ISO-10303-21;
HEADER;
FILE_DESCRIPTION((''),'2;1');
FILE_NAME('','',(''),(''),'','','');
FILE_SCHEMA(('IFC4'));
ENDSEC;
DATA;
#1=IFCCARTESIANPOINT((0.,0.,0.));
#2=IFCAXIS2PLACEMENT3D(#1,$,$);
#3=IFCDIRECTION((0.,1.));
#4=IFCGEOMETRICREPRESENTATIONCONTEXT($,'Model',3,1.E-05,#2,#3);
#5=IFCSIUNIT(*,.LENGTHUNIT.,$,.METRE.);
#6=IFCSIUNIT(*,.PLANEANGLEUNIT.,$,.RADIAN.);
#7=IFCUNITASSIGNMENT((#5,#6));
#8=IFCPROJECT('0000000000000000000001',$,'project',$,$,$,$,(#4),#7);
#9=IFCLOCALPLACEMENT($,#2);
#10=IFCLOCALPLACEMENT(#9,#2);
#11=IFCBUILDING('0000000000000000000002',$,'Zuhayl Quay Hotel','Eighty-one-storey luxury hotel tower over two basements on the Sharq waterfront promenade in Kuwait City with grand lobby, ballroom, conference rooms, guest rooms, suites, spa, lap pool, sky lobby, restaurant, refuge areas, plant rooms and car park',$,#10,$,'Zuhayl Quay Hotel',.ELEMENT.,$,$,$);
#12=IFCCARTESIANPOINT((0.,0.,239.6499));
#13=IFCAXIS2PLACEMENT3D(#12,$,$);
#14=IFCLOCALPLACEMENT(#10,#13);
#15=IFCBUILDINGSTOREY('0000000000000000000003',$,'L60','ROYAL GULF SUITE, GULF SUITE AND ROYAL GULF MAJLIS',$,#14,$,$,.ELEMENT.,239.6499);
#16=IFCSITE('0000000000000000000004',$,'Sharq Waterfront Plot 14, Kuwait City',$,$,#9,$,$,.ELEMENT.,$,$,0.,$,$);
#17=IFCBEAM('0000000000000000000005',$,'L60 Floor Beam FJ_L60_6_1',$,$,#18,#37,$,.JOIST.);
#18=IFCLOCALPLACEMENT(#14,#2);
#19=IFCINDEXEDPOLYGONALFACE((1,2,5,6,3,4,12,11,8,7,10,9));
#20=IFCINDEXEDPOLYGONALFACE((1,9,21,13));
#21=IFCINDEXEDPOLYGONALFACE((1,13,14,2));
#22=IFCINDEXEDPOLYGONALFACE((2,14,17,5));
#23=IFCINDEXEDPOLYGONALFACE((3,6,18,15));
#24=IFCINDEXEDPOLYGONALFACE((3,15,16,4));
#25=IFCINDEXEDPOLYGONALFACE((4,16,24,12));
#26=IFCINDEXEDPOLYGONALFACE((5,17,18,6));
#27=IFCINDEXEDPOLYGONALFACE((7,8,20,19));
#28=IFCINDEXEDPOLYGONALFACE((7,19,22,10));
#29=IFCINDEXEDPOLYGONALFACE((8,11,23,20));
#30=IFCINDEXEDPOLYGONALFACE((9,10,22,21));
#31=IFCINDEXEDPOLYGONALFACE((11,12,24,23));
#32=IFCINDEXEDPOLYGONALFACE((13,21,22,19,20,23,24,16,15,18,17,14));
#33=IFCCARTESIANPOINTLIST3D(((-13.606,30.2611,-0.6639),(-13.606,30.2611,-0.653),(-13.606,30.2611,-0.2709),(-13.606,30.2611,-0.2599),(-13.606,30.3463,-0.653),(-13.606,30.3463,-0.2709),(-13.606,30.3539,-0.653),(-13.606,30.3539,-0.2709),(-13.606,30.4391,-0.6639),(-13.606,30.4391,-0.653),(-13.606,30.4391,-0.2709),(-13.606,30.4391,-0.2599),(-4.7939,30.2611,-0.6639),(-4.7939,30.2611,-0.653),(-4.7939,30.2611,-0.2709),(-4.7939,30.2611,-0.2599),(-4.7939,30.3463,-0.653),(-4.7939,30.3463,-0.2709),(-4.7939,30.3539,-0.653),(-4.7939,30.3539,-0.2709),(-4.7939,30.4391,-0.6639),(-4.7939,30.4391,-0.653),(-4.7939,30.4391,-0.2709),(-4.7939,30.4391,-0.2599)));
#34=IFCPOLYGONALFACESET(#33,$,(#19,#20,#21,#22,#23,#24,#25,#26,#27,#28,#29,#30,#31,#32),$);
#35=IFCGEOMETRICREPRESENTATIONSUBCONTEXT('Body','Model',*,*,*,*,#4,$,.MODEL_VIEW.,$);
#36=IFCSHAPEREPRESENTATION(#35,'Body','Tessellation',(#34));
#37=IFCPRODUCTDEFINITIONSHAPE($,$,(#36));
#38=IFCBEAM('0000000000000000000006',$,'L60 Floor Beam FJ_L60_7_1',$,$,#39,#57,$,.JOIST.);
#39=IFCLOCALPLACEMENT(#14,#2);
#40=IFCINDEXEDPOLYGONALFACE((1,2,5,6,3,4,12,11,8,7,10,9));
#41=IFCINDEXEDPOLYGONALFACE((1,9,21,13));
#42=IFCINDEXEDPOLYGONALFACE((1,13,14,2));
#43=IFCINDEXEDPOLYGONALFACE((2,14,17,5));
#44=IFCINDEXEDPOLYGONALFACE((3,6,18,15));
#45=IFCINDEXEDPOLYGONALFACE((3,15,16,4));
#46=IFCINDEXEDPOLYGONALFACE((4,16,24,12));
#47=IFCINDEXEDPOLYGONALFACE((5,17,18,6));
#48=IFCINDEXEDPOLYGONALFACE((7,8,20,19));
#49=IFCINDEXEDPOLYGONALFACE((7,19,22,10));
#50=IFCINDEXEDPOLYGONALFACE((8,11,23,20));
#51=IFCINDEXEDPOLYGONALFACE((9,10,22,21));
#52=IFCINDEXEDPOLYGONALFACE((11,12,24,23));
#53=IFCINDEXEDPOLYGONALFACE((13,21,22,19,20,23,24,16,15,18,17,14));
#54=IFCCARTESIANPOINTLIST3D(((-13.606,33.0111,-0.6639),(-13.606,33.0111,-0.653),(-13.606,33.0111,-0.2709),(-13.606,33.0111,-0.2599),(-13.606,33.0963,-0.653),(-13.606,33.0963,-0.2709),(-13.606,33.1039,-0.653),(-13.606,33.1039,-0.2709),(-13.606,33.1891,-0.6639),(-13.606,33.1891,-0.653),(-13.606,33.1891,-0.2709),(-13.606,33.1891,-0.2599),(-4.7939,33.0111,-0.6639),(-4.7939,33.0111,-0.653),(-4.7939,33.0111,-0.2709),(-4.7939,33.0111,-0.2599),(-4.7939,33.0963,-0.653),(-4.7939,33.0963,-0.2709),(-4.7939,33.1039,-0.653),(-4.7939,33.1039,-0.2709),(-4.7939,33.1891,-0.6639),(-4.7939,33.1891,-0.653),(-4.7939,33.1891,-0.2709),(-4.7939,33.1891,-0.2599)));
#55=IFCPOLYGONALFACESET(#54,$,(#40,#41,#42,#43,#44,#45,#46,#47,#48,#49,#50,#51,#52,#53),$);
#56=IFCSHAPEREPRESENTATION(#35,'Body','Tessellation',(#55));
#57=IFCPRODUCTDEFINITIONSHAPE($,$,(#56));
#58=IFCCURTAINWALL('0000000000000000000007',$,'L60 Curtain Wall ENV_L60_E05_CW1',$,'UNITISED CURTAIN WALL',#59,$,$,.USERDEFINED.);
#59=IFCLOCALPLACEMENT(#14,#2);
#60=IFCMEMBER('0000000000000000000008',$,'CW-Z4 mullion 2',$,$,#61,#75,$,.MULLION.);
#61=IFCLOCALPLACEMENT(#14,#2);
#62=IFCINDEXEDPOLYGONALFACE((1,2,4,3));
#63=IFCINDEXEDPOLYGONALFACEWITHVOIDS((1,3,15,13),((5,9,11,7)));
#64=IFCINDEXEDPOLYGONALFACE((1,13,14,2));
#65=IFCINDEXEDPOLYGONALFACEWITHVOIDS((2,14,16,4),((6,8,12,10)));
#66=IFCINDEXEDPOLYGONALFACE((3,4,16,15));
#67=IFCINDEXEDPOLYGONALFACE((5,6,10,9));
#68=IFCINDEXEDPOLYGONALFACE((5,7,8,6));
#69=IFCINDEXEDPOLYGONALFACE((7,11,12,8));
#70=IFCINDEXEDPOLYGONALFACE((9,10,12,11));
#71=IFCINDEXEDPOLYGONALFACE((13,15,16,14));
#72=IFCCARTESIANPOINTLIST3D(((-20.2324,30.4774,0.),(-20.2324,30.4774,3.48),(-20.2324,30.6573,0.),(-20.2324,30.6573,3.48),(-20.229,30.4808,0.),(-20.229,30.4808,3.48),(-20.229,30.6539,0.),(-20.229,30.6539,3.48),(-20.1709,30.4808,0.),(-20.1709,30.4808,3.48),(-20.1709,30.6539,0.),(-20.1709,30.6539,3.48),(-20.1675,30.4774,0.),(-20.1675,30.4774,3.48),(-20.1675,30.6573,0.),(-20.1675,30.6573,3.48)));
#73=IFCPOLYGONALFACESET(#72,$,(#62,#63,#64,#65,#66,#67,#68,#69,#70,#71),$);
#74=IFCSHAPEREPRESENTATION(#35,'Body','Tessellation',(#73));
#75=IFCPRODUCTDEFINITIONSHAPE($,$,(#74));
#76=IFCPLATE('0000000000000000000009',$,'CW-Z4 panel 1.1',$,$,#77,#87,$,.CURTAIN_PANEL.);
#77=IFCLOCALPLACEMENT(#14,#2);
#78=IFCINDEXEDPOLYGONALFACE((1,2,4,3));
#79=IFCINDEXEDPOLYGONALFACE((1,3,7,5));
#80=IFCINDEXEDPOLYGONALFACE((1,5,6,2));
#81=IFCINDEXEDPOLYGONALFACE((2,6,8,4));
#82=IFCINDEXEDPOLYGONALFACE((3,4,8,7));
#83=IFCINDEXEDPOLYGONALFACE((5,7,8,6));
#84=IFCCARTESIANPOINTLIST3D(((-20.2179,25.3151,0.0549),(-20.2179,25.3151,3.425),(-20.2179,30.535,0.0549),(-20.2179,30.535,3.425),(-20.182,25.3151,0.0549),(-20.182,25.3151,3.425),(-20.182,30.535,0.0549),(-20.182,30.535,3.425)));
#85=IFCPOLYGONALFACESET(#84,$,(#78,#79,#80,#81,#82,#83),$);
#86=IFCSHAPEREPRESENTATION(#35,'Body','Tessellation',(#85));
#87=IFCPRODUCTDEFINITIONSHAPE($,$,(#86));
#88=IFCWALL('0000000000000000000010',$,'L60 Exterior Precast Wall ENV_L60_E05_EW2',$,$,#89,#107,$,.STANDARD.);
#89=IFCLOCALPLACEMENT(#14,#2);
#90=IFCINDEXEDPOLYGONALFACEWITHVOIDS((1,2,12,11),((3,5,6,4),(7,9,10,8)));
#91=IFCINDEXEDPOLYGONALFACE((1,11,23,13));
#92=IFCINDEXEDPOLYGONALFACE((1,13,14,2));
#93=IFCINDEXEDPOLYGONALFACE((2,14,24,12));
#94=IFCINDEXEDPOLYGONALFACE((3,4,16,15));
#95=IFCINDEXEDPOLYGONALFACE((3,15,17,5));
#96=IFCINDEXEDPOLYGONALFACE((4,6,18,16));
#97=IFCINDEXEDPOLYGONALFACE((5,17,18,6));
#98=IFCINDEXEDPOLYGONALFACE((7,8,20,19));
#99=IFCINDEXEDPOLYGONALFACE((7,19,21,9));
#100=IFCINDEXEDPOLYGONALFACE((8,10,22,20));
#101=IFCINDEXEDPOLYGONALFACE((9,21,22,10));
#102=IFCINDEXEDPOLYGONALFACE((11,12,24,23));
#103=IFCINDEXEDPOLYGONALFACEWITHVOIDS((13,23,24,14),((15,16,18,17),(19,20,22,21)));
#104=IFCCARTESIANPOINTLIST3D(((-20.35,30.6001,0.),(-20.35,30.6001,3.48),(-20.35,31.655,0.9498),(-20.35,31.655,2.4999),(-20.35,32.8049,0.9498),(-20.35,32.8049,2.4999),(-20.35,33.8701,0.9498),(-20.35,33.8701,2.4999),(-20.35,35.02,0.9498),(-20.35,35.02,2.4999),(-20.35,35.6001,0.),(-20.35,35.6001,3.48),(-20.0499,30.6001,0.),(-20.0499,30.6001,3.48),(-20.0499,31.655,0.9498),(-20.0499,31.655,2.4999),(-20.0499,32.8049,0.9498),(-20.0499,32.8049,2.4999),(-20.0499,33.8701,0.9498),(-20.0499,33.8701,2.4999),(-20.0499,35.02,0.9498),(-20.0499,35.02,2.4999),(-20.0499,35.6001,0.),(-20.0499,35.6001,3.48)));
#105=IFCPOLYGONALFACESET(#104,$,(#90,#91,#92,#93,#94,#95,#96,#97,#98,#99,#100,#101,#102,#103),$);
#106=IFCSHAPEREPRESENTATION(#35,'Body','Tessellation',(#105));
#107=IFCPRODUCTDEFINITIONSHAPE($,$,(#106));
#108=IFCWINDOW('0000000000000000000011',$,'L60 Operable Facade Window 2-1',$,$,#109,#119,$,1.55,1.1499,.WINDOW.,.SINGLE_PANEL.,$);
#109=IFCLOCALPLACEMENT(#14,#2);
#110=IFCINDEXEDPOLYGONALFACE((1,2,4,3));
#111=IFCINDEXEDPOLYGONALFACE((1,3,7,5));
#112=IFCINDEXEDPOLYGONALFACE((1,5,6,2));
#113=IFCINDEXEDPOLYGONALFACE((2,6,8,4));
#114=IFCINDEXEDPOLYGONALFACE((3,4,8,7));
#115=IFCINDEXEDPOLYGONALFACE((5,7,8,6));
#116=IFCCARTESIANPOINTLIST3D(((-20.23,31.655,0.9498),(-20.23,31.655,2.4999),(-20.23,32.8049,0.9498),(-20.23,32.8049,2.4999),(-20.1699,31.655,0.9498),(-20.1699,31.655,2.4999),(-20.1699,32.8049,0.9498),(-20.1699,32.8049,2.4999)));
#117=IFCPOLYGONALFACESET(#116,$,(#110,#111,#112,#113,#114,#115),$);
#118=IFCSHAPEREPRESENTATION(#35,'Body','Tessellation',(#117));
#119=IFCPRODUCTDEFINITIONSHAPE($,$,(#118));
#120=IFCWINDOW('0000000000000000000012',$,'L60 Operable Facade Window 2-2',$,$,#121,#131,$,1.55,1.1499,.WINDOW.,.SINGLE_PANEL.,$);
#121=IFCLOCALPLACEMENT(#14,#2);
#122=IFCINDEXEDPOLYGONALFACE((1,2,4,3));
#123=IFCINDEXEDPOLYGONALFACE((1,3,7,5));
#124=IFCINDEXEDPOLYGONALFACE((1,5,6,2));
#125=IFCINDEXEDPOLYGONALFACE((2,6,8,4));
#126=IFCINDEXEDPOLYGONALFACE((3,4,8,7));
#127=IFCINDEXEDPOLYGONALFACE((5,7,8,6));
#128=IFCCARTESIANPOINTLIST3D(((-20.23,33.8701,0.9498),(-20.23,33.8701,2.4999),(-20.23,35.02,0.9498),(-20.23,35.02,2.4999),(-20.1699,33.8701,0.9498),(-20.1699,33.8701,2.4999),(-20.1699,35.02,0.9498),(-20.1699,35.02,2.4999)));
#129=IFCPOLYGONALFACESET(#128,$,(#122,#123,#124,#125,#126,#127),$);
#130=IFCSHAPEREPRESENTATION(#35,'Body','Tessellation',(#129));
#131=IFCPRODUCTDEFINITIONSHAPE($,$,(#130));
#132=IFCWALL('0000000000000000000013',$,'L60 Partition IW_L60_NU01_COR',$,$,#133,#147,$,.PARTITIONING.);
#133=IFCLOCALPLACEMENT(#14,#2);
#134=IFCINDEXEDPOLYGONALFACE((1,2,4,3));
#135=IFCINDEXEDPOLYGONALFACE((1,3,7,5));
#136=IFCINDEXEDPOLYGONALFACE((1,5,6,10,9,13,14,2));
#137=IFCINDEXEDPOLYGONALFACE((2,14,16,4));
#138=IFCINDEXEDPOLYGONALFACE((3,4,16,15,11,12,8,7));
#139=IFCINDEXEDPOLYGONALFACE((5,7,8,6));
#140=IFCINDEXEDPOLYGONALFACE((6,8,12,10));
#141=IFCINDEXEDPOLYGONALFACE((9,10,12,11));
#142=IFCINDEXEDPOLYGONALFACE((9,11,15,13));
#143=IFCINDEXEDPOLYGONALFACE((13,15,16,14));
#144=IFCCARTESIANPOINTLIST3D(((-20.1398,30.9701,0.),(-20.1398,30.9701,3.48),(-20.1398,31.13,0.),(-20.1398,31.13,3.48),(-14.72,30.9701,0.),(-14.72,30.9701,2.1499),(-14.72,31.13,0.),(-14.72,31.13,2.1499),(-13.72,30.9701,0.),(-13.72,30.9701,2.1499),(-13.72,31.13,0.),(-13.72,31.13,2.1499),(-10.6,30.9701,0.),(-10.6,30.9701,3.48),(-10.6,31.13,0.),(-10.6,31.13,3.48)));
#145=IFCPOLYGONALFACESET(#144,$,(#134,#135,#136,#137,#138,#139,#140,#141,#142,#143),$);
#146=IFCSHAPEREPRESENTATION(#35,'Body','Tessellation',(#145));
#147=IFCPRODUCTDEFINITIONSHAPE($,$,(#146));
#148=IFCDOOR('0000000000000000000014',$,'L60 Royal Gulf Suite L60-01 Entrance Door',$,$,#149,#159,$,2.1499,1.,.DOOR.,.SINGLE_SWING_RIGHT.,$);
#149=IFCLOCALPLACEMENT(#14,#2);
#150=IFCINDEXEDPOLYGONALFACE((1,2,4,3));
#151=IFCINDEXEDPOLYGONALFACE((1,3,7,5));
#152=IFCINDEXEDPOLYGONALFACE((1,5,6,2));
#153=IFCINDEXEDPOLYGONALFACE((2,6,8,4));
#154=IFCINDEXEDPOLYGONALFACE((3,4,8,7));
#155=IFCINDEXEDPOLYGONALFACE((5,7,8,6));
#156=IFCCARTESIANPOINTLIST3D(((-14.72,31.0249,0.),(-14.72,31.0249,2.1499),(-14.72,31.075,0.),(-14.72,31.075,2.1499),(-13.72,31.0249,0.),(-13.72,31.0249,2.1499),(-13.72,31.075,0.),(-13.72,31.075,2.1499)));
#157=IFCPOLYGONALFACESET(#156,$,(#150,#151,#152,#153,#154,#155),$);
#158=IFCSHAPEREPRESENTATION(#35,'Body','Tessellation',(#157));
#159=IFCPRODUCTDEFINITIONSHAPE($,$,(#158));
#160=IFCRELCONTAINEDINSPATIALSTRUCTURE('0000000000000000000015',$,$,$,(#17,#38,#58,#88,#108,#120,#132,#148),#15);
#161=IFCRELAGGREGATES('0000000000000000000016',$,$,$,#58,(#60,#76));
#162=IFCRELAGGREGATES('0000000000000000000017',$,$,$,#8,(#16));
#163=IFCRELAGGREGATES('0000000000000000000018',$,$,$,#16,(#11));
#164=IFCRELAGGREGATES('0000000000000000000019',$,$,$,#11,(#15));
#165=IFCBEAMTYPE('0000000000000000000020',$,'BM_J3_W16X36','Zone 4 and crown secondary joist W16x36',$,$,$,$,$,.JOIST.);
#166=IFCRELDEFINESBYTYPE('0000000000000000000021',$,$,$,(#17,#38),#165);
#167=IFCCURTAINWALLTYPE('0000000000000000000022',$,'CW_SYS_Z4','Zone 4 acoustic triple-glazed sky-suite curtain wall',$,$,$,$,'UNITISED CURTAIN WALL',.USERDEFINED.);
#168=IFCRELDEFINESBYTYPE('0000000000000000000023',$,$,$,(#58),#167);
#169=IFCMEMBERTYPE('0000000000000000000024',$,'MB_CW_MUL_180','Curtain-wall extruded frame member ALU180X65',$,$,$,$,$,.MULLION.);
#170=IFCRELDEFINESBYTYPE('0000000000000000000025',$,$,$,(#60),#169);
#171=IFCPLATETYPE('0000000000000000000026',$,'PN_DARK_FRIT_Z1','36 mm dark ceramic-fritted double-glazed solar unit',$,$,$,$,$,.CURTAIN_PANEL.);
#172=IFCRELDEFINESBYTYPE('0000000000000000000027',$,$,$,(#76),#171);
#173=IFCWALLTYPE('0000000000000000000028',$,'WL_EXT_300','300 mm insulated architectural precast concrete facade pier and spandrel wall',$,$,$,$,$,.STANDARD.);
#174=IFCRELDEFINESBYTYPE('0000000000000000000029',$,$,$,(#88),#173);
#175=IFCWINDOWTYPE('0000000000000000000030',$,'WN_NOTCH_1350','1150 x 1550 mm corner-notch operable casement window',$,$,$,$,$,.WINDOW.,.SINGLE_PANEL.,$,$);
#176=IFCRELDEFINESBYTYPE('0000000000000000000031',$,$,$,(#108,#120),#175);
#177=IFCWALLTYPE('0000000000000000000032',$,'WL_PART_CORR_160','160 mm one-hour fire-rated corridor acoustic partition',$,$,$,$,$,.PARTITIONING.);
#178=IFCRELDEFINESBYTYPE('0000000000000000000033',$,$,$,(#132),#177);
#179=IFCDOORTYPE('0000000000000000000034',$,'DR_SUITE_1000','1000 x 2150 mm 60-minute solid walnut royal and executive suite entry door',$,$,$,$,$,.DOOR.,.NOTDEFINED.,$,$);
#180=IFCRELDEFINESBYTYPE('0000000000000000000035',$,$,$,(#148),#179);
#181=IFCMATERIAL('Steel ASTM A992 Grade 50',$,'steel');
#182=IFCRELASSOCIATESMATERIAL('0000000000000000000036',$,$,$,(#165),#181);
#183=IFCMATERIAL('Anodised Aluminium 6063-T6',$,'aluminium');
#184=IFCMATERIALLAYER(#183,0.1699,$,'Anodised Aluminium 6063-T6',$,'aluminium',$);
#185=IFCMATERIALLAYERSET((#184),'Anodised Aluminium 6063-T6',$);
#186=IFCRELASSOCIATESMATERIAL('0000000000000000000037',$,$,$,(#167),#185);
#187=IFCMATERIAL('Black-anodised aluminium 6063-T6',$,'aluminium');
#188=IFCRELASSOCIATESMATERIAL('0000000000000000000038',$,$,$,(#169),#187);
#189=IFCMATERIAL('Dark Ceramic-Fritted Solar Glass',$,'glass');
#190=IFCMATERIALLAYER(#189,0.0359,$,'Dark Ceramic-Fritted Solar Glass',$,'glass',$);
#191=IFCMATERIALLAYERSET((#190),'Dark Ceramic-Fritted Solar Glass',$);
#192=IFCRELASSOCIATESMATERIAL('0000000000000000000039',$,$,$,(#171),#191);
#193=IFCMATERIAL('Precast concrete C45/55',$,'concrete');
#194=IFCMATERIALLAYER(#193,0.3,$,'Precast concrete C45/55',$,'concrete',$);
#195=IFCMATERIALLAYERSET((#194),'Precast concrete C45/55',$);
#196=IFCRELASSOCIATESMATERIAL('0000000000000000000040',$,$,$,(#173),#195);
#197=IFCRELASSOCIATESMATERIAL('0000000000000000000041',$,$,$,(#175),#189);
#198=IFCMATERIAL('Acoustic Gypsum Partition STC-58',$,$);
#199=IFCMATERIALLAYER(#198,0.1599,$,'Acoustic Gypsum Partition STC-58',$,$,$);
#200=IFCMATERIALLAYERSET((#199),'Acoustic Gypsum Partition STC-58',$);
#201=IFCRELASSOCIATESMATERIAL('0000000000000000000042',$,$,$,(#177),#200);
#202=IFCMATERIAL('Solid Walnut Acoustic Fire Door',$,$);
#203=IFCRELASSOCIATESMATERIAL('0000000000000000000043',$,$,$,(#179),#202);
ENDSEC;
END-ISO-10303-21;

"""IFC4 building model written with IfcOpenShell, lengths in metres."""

from ifc_helpers import new_model, si_unit, direction, frame, frame_2d, origin, origin_2d, place, context, subcontext, project, spatial, rectangle, hollow_rectangle, i_section, extrude, material, layer, layer_set, material_profile, profile_set, type_object, element, fill, aggregate, save


model = new_model("IFC4")

# Units and contexts
model_context = context("Model", 3, precision=1e-05, world=origin(), true_north=direction((0.0, 1.0)))
body_context = subcontext(model_context, "Body", "Model", "MODEL_VIEW")
ifc_project = project(units=[si_unit("LENGTHUNIT", "METRE"), si_unit("PLANEANGLEUNIT", "RADIAN")], contexts=[model_context])

# Site, building, storey
site_placement = place(None, origin())
site = spatial("IfcSite", under=ifc_project, at=site_placement, Name="Sharq Waterfront Plot 14, Kuwait City", CompositionType="ELEMENT", RefElevation=0.0)
building_placement = place(site_placement, origin())
building = spatial("IfcBuilding", under=site, at=building_placement, Name="Zuhayl Quay Hotel", Description="Eighty-one-storey luxury hotel tower over two basements on the Sharq waterfront promenade in Kuwait City with grand lobby, ballroom, conference rooms, guest rooms, suites, spa, lap pool, sky lobby, restaurant, refuge areas, plant rooms and car park", LongName="Zuhayl Quay Hotel", CompositionType="ELEMENT")
storey_placement = place(building_placement, frame((0.0, 0.0, 239.6499)))
storey = spatial("IfcBuildingStorey", under=building, at=storey_placement, Name="L60", Description="ROYAL GULF SUITE, GULF SUITE AND ROYAL GULF MAJLIS", CompositionType="ELEMENT", Elevation=239.6499)

# Beams
ifc_material_1 = material(Name="Steel ASTM A992 Grade 50", Category="steel")
ifc_material_profile_1 = material_profile(ifc_material_1, i_section(OverallWidth=0.178, OverallDepth=0.4041, WebThickness=0.0076, FlangeThickness=0.011, at=origin_2d()), Name="W16X36")
ifc_profile_set_1 = profile_set([ifc_material_profile_1], Name="Steel ASTM A992 Grade 50")
beam_type = type_object("IfcBeamType", Name="BM_J3_W16X36", Description="Zone 4 and crown secondary joist W16x36", PredefinedType="JOIST", material=ifc_profile_set_1)
for number, where, z_axis, x_axis, name in (
    (1, (-13.606, 30.3501, -0.4619), (1.0, 0.0, 0.0), (0.0, 1.0, 0.0), "L60 Floor Beam FJ_L60_6_1"),
    (2, (-13.606, 33.1001, -0.4619), (1.0, 0.0, 0.0), (0.0, 1.0, 0.0), "L60 Floor Beam FJ_L60_7_1"),
):
    element("IfcBeam", number, at=place(storey_placement, frame(where, z_axis=z_axis, x_axis=x_axis)), inside=storey, type_object=beam_type, Name=name, PredefinedType="JOIST", context=body_context, shape_type="SweptSolid", body=[
        extrude(i_section(OverallWidth=0.178, OverallDepth=0.4041, WebThickness=0.0076, FlangeThickness=0.011, at=origin_2d()), origin(), (0.0, 0.0, 1.0), 8.812),
    ])

# Curtain wall, member, plate
ifc_material_2 = material(Name="Anodised Aluminium 6063-T6", Category="aluminium")
ifc_layer_1 = layer(ifc_material_2, 0.1699, Name="Anodised Aluminium 6063-T6", Category="aluminium")
ifc_layer_set_1 = layer_set([ifc_layer_1], Name="Anodised Aluminium 6063-T6")
curtain_wall_type = type_object("IfcCurtainWallType", Name="CW_SYS_Z4", Description="Zone 4 acoustic triple-glazed sky-suite curtain wall", ElementType="UNITISED CURTAIN WALL", PredefinedType="USERDEFINED", material=ifc_layer_set_1)
curtain_wall_placement = place(storey_placement, origin())
curtain_wall = element("IfcCurtainWall", 3, at=curtain_wall_placement, inside=storey, type_object=curtain_wall_type, Name="L60 Curtain Wall ENV_L60_E05_CW1", ObjectType="UNITISED CURTAIN WALL", PredefinedType="USERDEFINED")
ifc_material_3 = material(Name="Black-anodised aluminium 6063-T6", Category="aluminium")
ifc_material_profile_2 = material_profile(ifc_material_3, hollow_rectangle(XDim=0.0649, YDim=0.1799, WallThickness=0.0034, at=origin_2d()), Name="ALU180X65")
ifc_profile_set_2 = profile_set([ifc_material_profile_2], Name="Black-anodised aluminium 6063-T6")
member_type = type_object("IfcMemberType", Name="MB_CW_MUL_180", Description="Curtain-wall extruded frame member ALU180X65", PredefinedType="MULLION", material=ifc_profile_set_2)
member_placement = place(storey_placement, frame((-20.2, 30.5674, 0.0), z_axis=(0.0, 0.0, 1.0), x_axis=(-1.0, 0.0, 0.0)))
member = element("IfcMember", 4, at=member_placement, type_object=member_type, Name="CW-Z4 mullion 2", PredefinedType="MULLION", context=body_context, shape_type="SweptSolid", body=[
    extrude(hollow_rectangle(XDim=0.0649, YDim=0.1799, WallThickness=0.0034, at=origin_2d()), origin(), (0.0, 0.0, 1.0), 3.48),
])
ifc_material_4 = material(Name="Dark Ceramic-Fritted Solar Glass", Category="glass")
ifc_layer_2 = layer(ifc_material_4, 0.0359, Name="Dark Ceramic-Fritted Solar Glass", Category="glass")
ifc_layer_set_2 = layer_set([ifc_layer_2], Name="Dark Ceramic-Fritted Solar Glass")
plate_type = type_object("IfcPlateType", Name="PN_DARK_FRIT_Z1", Description="36 mm dark ceramic-fritted double-glazed solar unit", PredefinedType="CURTAIN_PANEL", material=ifc_layer_set_2)
plate_placement = place(storey_placement, frame((-20.2, 27.925, 0.0549), z_axis=(0.0, 0.0, 1.0), x_axis=(0.0, 1.0, 0.0)))
plate = element("IfcPlate", 5, at=plate_placement, type_object=plate_type, Name="CW-Z4 panel 1.1", PredefinedType="CURTAIN_PANEL", context=body_context, shape_type="SweptSolid", body=[
    extrude(rectangle(XDim=5.22, YDim=0.0359, at=origin_2d()), origin(), (0.0, 0.0, 1.0), 3.3701),
])
aggregate(curtain_wall, [member, plate])

# Wall, openings, windows
ifc_material_5 = material(Name="Precast concrete C45/55", Category="concrete")
ifc_layer_3 = layer(ifc_material_5, 0.3, Name="Precast concrete C45/55", Category="concrete")
ifc_layer_set_3 = layer_set([ifc_layer_3], Name="Precast concrete C45/55")
wall_type_1 = type_object("IfcWallType", Name="WL_EXT_300", Description="300 mm insulated architectural precast concrete facade pier and spandrel wall", PredefinedType="STANDARD", material=ifc_layer_set_3)
wall_1_placement = place(storey_placement, frame((-20.2, 30.6001, 0.0), z_axis=(0.0, 0.0, 1.0), x_axis=(0.0, 1.0, 0.0)))
wall_1 = element("IfcWall", 6, at=wall_1_placement, inside=storey, type_object=wall_type_1, Name="L60 Exterior Precast Wall ENV_L60_E05_EW2", PredefinedType="STANDARD", context=body_context, shape_type="SweptSolid", body=[
    extrude(rectangle(XDim=5.0, YDim=0.3, at=frame_2d((2.5, 0.0))), origin(), (0.0, 0.0, 1.0), 3.48),
])
opening_1_placement = place(wall_1_placement, frame((1.0549, 0.0, 0.95)))
opening_1 = element("IfcOpeningElement", 7, at=opening_1_placement, cuts=wall_1, PredefinedType="OPENING", context=body_context, shape_type="SweptSolid", body=[
    extrude(rectangle(XDim=1.1499, YDim=1.55, at=frame_2d((0.575, 0.7749))), frame((0.0, 0.1599, 0.0), z_axis=(0.0, -1.0, 0.0), x_axis=(1.0, 0.0, 0.0)), (0.0, 0.0, 1.0), 0.3201),
])
opening_2_placement = place(wall_1_placement, frame((3.27, 0.0, 0.95)))
opening_2 = element("IfcOpeningElement", 8, at=opening_2_placement, cuts=wall_1, PredefinedType="OPENING", context=body_context, shape_type="SweptSolid", body=[
    extrude(rectangle(XDim=1.1499, YDim=1.55, at=frame_2d((0.575, 0.7749))), frame((0.0, 0.1599, 0.0), z_axis=(0.0, -1.0, 0.0), x_axis=(1.0, 0.0, 0.0)), (0.0, 0.0, 1.0), 0.3201),
])
window_type = type_object("IfcWindowType", Name="WN_NOTCH_1350", Description="1150 x 1550 mm corner-notch operable casement window", PartitioningType="SINGLE_PANEL", PredefinedType="WINDOW", material=ifc_material_4)
window_1_placement = place(opening_1_placement, origin())
window_1 = element("IfcWindow", 9, at=window_1_placement, inside=storey, type_object=window_type, Name="L60 Operable Facade Window 2-1", OverallHeight=1.55, OverallWidth=1.1499, PartitioningType="SINGLE_PANEL", PredefinedType="WINDOW", context=body_context, shape_type="SweptSolid", body=[
    extrude(rectangle(XDim=1.1499, YDim=1.55, at=frame_2d((0.575, 0.7749))), frame((0.0, 0.03, 0.0), z_axis=(0.0, -1.0, 0.0), x_axis=(1.0, 0.0, 0.0)), (0.0, 0.0, 1.0), 0.0601),
])
fill(opening_1, window_1)
window_2_placement = place(opening_2_placement, origin())
window_2 = element("IfcWindow", 10, at=window_2_placement, inside=storey, type_object=window_type, Name="L60 Operable Facade Window 2-2", OverallHeight=1.55, OverallWidth=1.1499, PartitioningType="SINGLE_PANEL", PredefinedType="WINDOW", context=body_context, shape_type="SweptSolid", body=[
    extrude(rectangle(XDim=1.1499, YDim=1.55, at=frame_2d((0.575, 0.7749))), frame((0.0, 0.03, 0.0), z_axis=(0.0, -1.0, 0.0), x_axis=(1.0, 0.0, 0.0)), (0.0, 0.0, 1.0), 0.0601),
])
fill(opening_2, window_2)

# Wall, opening, door
ifc_material_6 = material(Name="Acoustic Gypsum Partition STC-58")
ifc_layer_4 = layer(ifc_material_6, 0.1599, Name="Acoustic Gypsum Partition STC-58")
ifc_layer_set_4 = layer_set([ifc_layer_4], Name="Acoustic Gypsum Partition STC-58")
wall_type_2 = type_object("IfcWallType", Name="WL_PART_CORR_160", Description="160 mm one-hour fire-rated corridor acoustic partition", PredefinedType="PARTITIONING", material=ifc_layer_set_4)
wall_2_placement = place(storey_placement, frame((-20.1399, 31.05, 0.0), z_axis=(0.0, 0.0, 1.0), x_axis=(1.0, 0.0, 0.0)))
wall_2 = element("IfcWall", 11, at=wall_2_placement, inside=storey, type_object=wall_type_2, Name="L60 Partition IW_L60_NU01_COR", PredefinedType="PARTITIONING", context=body_context, shape_type="SweptSolid", body=[
    extrude(rectangle(XDim=9.5398, YDim=0.1599, at=frame_2d((4.77, 0.0))), origin(), (0.0, 0.0, 1.0), 3.48),
])
opening_3_placement = place(wall_2_placement, frame((5.4199, 0.0, 0.0)))
opening_3 = element("IfcOpeningElement", 12, at=opening_3_placement, cuts=wall_2, PredefinedType="OPENING", context=body_context, shape_type="SweptSolid", body=[
    extrude(rectangle(XDim=1.0, YDim=2.1499, at=frame_2d((0.5, 1.075))), frame((0.0, 0.0898, 0.0), z_axis=(0.0, -1.0, 0.0), x_axis=(1.0, 0.0, 0.0)), (0.0, 0.0, 1.0), 0.1799),
])
ifc_material_7 = material(Name="Solid Walnut Acoustic Fire Door")
door_type_1 = type_object("IfcDoorType", Name="DR_SUITE_1000", Description="1000 x 2150 mm 60-minute solid walnut royal and executive suite entry door", OperationType="NOTDEFINED", PredefinedType="DOOR", material=ifc_material_7)
door_1_placement = place(opening_3_placement, origin())
door_1 = element("IfcDoor", 13, at=door_1_placement, inside=storey, type_object=door_type_1, Name="L60 Royal Gulf Suite L60-01 Entrance Door", OperationType="SINGLE_SWING_RIGHT", OverallHeight=2.1499, OverallWidth=1.0, PredefinedType="DOOR", context=body_context, shape_type="SweptSolid", body=[
    extrude(rectangle(XDim=1.0, YDim=2.1499, at=frame_2d((0.5, 1.075))), frame((0.0, 0.0249, 0.0), z_axis=(0.0, -1.0, 0.0), x_axis=(1.0, 0.0, 0.0)), (0.0, 0.0, 1.0), 0.05),
])
fill(opening_3, door_1)

save(model, "model.ifc")
